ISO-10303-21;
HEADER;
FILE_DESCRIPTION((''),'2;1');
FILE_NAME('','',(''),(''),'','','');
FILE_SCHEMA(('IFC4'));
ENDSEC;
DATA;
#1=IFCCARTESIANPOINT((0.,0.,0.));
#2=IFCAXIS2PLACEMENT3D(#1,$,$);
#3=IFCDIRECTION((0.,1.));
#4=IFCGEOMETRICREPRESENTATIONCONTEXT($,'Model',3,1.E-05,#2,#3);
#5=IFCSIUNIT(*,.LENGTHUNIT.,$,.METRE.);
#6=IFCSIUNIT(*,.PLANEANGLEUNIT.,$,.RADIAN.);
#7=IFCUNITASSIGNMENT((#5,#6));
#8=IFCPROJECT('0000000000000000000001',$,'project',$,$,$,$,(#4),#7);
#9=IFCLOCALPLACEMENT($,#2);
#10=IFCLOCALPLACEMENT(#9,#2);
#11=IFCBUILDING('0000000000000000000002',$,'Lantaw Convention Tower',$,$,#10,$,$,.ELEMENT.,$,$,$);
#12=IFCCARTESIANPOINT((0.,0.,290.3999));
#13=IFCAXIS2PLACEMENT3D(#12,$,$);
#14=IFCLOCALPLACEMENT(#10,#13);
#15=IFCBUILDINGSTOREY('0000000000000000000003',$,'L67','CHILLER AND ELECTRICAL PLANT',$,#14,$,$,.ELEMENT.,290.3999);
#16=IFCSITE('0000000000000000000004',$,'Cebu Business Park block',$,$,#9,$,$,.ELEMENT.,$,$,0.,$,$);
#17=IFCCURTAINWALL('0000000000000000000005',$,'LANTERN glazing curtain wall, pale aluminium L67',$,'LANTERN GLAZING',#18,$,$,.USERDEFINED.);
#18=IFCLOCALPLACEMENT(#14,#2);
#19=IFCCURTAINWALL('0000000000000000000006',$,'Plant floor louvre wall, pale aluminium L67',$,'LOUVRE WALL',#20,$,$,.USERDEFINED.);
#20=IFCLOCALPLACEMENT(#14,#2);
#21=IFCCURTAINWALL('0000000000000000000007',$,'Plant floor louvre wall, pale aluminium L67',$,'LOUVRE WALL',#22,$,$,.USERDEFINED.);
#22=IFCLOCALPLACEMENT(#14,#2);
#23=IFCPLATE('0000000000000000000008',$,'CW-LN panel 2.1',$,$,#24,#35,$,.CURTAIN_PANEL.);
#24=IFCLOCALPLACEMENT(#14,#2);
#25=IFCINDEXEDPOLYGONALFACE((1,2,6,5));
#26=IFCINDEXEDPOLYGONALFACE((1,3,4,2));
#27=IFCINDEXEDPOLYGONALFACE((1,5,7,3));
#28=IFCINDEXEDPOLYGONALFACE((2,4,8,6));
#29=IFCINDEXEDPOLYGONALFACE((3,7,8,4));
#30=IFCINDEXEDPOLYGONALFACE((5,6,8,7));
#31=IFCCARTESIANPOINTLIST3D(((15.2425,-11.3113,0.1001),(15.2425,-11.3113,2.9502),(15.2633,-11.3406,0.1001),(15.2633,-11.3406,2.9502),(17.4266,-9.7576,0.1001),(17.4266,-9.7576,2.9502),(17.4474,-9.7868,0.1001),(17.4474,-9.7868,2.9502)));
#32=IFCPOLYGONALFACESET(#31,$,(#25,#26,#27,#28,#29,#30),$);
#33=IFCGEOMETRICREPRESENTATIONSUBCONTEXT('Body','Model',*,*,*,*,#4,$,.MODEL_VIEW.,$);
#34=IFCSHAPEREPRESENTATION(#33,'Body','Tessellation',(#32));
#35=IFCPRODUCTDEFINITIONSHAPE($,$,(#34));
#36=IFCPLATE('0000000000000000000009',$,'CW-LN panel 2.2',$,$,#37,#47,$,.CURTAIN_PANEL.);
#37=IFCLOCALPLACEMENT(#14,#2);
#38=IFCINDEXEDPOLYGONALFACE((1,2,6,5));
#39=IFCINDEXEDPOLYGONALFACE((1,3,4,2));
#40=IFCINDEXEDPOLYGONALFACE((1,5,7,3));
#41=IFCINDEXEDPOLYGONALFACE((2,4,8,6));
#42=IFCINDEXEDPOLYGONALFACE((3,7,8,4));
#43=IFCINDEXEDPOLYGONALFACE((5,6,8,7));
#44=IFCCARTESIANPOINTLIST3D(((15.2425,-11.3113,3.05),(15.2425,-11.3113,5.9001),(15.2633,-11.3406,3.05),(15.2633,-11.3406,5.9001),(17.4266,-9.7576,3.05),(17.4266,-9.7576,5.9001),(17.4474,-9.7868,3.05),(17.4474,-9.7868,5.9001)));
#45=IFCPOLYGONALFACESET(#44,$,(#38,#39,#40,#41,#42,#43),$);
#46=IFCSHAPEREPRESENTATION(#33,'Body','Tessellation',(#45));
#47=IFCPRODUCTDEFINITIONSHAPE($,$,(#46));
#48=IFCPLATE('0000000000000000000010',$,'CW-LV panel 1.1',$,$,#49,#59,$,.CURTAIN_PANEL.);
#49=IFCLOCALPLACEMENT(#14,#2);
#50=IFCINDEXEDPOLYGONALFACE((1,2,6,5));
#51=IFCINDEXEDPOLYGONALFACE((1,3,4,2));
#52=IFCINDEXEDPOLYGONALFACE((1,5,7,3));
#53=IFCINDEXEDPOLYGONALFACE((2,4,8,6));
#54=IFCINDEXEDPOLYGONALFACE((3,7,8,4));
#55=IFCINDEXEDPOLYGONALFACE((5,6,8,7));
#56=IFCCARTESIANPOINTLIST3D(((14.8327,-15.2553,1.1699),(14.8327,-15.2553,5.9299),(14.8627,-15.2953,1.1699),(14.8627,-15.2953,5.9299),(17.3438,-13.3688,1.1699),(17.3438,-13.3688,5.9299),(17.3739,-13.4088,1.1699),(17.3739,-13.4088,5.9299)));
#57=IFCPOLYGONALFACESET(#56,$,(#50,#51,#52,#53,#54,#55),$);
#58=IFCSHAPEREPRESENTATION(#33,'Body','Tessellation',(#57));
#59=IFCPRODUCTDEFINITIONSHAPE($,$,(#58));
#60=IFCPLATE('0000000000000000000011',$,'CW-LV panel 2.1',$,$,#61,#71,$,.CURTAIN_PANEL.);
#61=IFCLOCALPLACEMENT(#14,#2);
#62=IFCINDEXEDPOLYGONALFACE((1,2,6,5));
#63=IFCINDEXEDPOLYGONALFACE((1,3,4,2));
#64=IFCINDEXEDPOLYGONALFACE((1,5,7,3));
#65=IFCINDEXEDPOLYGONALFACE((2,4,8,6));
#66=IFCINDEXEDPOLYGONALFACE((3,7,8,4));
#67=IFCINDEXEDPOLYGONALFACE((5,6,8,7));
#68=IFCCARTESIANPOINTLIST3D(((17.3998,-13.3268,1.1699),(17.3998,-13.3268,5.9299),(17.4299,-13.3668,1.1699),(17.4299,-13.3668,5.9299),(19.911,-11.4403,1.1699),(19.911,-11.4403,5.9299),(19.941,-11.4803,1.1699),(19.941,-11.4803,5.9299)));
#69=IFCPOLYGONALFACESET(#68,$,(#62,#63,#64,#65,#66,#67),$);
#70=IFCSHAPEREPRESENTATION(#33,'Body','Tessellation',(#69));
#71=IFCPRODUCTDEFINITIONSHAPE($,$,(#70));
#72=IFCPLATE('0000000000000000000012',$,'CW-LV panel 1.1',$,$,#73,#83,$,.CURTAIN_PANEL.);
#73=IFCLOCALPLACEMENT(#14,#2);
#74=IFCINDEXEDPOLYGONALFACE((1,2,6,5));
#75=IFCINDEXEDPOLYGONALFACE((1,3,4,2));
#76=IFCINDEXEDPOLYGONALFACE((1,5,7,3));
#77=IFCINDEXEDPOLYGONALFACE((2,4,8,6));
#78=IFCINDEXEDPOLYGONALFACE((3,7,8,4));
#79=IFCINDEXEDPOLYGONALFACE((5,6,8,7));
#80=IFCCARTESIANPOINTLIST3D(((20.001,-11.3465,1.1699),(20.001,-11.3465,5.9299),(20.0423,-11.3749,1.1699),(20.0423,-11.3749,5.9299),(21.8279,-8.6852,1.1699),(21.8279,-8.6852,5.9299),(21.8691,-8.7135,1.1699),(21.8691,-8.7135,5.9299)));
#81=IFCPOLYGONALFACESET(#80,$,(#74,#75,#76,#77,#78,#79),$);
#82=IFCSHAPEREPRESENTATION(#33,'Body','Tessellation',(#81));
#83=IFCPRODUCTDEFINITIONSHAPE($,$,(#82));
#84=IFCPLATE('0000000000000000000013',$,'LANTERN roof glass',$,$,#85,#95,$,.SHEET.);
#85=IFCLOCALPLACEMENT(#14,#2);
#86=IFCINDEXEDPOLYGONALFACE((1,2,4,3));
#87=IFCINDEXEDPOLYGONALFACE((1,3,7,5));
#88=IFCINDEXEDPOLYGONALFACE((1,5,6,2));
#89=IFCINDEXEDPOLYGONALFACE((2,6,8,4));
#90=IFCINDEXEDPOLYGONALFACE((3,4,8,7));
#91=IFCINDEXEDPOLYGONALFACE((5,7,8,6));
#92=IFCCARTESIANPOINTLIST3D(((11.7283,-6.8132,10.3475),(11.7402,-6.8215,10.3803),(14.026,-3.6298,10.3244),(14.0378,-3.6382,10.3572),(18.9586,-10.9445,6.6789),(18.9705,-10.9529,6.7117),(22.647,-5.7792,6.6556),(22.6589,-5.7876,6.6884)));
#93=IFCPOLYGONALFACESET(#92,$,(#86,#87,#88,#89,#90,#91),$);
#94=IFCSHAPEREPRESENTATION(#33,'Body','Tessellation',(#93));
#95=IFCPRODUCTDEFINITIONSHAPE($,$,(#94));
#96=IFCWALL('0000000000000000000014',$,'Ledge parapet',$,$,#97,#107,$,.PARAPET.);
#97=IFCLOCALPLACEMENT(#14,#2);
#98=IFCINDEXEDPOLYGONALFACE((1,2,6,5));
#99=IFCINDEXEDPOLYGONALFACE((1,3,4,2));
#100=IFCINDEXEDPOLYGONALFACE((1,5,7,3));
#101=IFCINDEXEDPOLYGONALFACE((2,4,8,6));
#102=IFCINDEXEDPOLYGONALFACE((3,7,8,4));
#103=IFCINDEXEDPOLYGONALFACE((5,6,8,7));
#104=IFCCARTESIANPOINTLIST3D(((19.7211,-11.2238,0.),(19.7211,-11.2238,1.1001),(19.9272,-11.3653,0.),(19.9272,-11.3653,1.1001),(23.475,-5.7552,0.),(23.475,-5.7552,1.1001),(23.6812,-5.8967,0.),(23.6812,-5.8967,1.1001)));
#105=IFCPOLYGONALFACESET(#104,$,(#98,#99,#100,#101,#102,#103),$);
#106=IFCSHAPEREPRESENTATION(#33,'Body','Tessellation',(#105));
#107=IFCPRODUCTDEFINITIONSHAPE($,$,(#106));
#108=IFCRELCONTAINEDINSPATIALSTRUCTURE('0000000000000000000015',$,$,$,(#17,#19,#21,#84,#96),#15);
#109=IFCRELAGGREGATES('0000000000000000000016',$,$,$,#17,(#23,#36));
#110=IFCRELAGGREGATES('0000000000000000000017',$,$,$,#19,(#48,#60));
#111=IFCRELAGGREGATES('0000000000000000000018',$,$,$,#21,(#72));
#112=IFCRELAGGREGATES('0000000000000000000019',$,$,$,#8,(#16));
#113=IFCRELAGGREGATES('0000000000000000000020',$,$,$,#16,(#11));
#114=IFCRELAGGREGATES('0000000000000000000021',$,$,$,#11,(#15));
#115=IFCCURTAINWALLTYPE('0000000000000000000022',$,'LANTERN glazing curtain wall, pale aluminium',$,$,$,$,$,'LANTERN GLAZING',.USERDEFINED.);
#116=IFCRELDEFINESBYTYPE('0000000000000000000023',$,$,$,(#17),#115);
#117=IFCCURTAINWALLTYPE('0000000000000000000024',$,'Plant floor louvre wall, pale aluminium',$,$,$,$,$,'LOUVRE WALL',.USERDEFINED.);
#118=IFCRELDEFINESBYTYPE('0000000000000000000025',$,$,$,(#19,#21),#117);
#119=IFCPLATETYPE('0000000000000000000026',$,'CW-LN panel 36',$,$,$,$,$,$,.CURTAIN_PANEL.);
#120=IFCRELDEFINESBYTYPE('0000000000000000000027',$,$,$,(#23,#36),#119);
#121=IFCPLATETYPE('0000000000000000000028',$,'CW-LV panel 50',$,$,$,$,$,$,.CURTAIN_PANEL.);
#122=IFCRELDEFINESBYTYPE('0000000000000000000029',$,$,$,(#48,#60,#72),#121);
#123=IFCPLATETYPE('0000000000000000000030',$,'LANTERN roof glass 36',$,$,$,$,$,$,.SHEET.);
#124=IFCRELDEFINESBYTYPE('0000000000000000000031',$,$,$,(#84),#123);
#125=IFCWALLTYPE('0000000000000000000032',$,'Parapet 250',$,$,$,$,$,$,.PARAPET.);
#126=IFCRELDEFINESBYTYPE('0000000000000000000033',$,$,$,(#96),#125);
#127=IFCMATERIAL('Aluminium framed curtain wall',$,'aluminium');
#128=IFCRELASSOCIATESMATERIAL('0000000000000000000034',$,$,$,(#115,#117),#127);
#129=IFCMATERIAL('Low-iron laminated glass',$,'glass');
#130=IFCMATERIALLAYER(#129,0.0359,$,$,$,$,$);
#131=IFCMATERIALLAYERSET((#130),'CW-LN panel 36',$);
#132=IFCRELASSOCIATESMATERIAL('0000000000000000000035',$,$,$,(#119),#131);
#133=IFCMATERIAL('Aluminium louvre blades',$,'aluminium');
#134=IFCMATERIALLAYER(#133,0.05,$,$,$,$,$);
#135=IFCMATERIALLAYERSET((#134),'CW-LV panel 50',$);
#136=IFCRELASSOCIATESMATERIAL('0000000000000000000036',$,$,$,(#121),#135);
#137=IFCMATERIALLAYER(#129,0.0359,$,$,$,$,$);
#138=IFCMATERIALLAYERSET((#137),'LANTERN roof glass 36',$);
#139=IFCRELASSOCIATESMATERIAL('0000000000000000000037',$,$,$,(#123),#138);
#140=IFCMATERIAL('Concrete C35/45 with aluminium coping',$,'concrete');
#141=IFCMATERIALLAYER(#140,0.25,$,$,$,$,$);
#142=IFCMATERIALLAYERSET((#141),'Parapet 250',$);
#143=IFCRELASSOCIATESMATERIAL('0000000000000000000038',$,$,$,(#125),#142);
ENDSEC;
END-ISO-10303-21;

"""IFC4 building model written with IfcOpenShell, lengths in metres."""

from ifc_helpers import new_model, si_unit, direction, frame, frame_2d, origin, origin_2d, place, context, subcontext, project, spatial, polyline, rectangle, outline, extrude, material, layer, layer_set, type_object, element, aggregate, save


model = new_model("IFC4")

# Units and contexts
model_context = context("Model", 3, precision=1e-05, world=origin(), true_north=direction((0.0, 1.0)))
body_context = subcontext(model_context, "Body", "Model", "MODEL_VIEW")
ifc_project = project(units=[si_unit("LENGTHUNIT", "METRE"), si_unit("PLANEANGLEUNIT", "RADIAN")], contexts=[model_context])

# Site, building, storey
site_placement = place(None, origin())
site = spatial("IfcSite", under=ifc_project, at=site_placement, Name="Cebu Business Park block", CompositionType="ELEMENT", RefElevation=0.0)
building_placement = place(site_placement, origin())
building = spatial("IfcBuilding", under=site, at=building_placement, Name="Lantaw Convention Tower", CompositionType="ELEMENT")
storey_placement = place(building_placement, frame((0.0, 0.0, 290.3999)))
storey = spatial("IfcBuildingStorey", under=building, at=storey_placement, Name="L67", Description="CHILLER AND ELECTRICAL PLANT", CompositionType="ELEMENT", Elevation=290.3999)

# Curtain wall
ifc_material_1 = material(Name="Aluminium framed curtain wall", Category="aluminium")
curtain_wall_type_1 = type_object("IfcCurtainWallType", Name="LANTERN glazing curtain wall, pale aluminium", ElementType="LANTERN GLAZING", PredefinedType="USERDEFINED", material=ifc_material_1)
curtain_wall_1_placement = place(storey_placement, origin())
curtain_wall_1 = element("IfcCurtainWall", 1, at=curtain_wall_1_placement, inside=storey, type_object=curtain_wall_type_1, Name="LANTERN glazing curtain wall, pale aluminium L67", ObjectType="LANTERN GLAZING", PredefinedType="USERDEFINED")

# Curtain wall
curtain_wall_type_2 = type_object("IfcCurtainWallType", Name="Plant floor louvre wall, pale aluminium", ElementType="LOUVRE WALL", PredefinedType="USERDEFINED", material=ifc_material_1)
curtain_wall_2_placement = place(storey_placement, origin())
curtain_wall_2 = element("IfcCurtainWall", 2, at=curtain_wall_2_placement, inside=storey, type_object=curtain_wall_type_2, Name="Plant floor louvre wall, pale aluminium L67", ObjectType="LOUVRE WALL", PredefinedType="USERDEFINED")

# Curtain wall
curtain_wall_3_placement = place(storey_placement, origin())
curtain_wall_3 = element("IfcCurtainWall", 3, at=curtain_wall_3_placement, inside=storey, type_object=curtain_wall_type_2, Name="Plant floor louvre wall, pale aluminium L67", ObjectType="LOUVRE WALL", PredefinedType="USERDEFINED")

# Plates
ifc_material_2 = material(Name="Low-iron laminated glass", Category="glass")
ifc_layer_1 = layer(ifc_material_2, 0.0359)
ifc_layer_set_1 = layer_set([ifc_layer_1], Name="CW-LN panel 36")
plate_type_1 = type_object("IfcPlateType", Name="CW-LN panel 36", PredefinedType="CURTAIN_PANEL", material=ifc_layer_set_1)
plate_1_placement = place(storey_placement, frame((16.345, -10.5491, 0.1001), z_axis=(0.0, 0.0, 1.0), x_axis=(0.814841, 0.579684, 0.0)))
plate_1 = element("IfcPlate", 4, at=plate_1_placement, type_object=plate_type_1, Name="CW-LN panel 2.1", PredefinedType="CURTAIN_PANEL", context=body_context, shape_type="SweptSolid", body=[
    extrude(rectangle(XDim=2.6804, YDim=0.0359, at=origin_2d()), origin(), (0.0, 0.0, 1.0), 2.8501),
])
plate_2_placement = place(storey_placement, frame((16.345, -10.5491, 3.05), z_axis=(0.0, 0.0, 1.0), x_axis=(0.814841, 0.579684, 0.0)))
plate_2 = element("IfcPlate", 5, at=plate_2_placement, type_object=plate_type_1, Name="CW-LN panel 2.2", PredefinedType="CURTAIN_PANEL", context=body_context, shape_type="SweptSolid", body=[
    extrude(rectangle(XDim=2.6804, YDim=0.0359, at=origin_2d()), origin(), (0.0, 0.0, 1.0), 2.8501),
])
aggregate(curtain_wall_1, [plate_1, plate_2])
ifc_material_3 = material(Name="Aluminium louvre blades", Category="aluminium")
ifc_layer_2 = layer(ifc_material_3, 0.05)
ifc_layer_set_2 = layer_set([ifc_layer_2], Name="CW-LV panel 50")
plate_type_2 = type_object("IfcPlateType", Name="CW-LV panel 50", PredefinedType="CURTAIN_PANEL", material=ifc_layer_set_2)
plate_3_placement = place(storey_placement, frame((16.1033, -14.332, 1.1699), z_axis=(0.0, 0.0, 1.0), x_axis=(0.799518, 0.600643, 0.0)))
plate_3 = element("IfcPlate", 6, at=plate_3_placement, type_object=plate_type_2, Name="CW-LV panel 1.1", PredefinedType="CURTAIN_PANEL", context=body_context, shape_type="SweptSolid", body=[
    extrude(rectangle(XDim=3.1409, YDim=0.05, at=origin_2d()), origin(), (0.0, 0.0, 1.0), 4.76),
])
plate_4_placement = place(storey_placement, frame((18.6704, -12.4036, 1.1699), z_axis=(0.0, 0.0, 1.0), x_axis=(0.799518, 0.600643, 0.0)))
plate_4 = element("IfcPlate", 7, at=plate_4_placement, type_object=plate_type_2, Name="CW-LV panel 2.1", PredefinedType="CURTAIN_PANEL", context=body_context, shape_type="SweptSolid", body=[
    extrude(rectangle(XDim=3.1409, YDim=0.05, at=origin_2d()), origin(), (0.0, 0.0, 1.0), 4.76),
])
aggregate(curtain_wall_2, [plate_3, plate_4])
plate_5_placement = place(storey_placement, frame((20.9351, -10.03, 1.1699), z_axis=(0.0, 0.0, 1.0), x_axis=(0.565935, 0.82445, 0.0)))
plate_5 = element("IfcPlate", 8, at=plate_5_placement, type_object=plate_type_2, Name="CW-LV panel 1.1", PredefinedType="CURTAIN_PANEL", context=body_context, shape_type="SweptSolid", body=[
    extrude(rectangle(XDim=3.228, YDim=0.05, at=origin_2d()), origin(), (0.0, 0.0, 1.0), 4.76),
])
aggregate(curtain_wall_3, [plate_5])
ifc_layer_3 = layer(ifc_material_2, 0.0359)
ifc_layer_set_3 = layer_set([ifc_layer_3], Name="LANTERN roof glass 36")
plate_type_3 = type_object("IfcPlateType", Name="LANTERN roof glass 36", PredefinedType="SHEET", material=ifc_layer_set_3)
plate_6_placement = place(storey_placement, frame((18.9705, -10.9529, 6.7117), z_axis=(0.331218, -0.232407, 0.914484), x_axis=(0.581127, 0.813805, -0.003659)))
element("IfcPlate", 9, at=plate_6_placement, inside=storey, type_object=plate_type_3, Name="LANTERN roof glass", PredefinedType="SHEET", context=body_context, shape_type="SweptSolid", body=[
    extrude(outline(polyline([(0.0, 0.0), (6.3471, 0.0), (3.0729, 9.0378), (-0.853, 9.0596), (0.0, 0.0)])), origin(), (0.0, 0.0, -1.0), 0.0359),
])

# Wall
ifc_material_4 = material(Name="Concrete C35/45 with aluminium coping", Category="concrete")
ifc_layer_4 = layer(ifc_material_4, 0.25)
ifc_layer_set_4 = layer_set([ifc_layer_4], Name="Parapet 250")
wall_type = type_object("IfcWallType", Name="Parapet 250", PredefinedType="PARAPET", material=ifc_layer_set_4)
wall_placement = place(storey_placement, frame((19.8242, -11.2944, 0.0), z_axis=(0.0, 0.0, 1.0), x_axis=(0.565946, 0.824442, 0.0)))
element("IfcWall", 10, at=wall_placement, inside=storey, type_object=wall_type, Name="Ledge parapet", PredefinedType="PARAPET", context=body_context, shape_type="SweptSolid", body=[
    extrude(rectangle(XDim=6.6331, YDim=0.25, at=frame_2d((3.3164, 0.0))), origin(), (0.0, 0.0, 1.0), 1.1001),
])

save(model, "model.ifc")
